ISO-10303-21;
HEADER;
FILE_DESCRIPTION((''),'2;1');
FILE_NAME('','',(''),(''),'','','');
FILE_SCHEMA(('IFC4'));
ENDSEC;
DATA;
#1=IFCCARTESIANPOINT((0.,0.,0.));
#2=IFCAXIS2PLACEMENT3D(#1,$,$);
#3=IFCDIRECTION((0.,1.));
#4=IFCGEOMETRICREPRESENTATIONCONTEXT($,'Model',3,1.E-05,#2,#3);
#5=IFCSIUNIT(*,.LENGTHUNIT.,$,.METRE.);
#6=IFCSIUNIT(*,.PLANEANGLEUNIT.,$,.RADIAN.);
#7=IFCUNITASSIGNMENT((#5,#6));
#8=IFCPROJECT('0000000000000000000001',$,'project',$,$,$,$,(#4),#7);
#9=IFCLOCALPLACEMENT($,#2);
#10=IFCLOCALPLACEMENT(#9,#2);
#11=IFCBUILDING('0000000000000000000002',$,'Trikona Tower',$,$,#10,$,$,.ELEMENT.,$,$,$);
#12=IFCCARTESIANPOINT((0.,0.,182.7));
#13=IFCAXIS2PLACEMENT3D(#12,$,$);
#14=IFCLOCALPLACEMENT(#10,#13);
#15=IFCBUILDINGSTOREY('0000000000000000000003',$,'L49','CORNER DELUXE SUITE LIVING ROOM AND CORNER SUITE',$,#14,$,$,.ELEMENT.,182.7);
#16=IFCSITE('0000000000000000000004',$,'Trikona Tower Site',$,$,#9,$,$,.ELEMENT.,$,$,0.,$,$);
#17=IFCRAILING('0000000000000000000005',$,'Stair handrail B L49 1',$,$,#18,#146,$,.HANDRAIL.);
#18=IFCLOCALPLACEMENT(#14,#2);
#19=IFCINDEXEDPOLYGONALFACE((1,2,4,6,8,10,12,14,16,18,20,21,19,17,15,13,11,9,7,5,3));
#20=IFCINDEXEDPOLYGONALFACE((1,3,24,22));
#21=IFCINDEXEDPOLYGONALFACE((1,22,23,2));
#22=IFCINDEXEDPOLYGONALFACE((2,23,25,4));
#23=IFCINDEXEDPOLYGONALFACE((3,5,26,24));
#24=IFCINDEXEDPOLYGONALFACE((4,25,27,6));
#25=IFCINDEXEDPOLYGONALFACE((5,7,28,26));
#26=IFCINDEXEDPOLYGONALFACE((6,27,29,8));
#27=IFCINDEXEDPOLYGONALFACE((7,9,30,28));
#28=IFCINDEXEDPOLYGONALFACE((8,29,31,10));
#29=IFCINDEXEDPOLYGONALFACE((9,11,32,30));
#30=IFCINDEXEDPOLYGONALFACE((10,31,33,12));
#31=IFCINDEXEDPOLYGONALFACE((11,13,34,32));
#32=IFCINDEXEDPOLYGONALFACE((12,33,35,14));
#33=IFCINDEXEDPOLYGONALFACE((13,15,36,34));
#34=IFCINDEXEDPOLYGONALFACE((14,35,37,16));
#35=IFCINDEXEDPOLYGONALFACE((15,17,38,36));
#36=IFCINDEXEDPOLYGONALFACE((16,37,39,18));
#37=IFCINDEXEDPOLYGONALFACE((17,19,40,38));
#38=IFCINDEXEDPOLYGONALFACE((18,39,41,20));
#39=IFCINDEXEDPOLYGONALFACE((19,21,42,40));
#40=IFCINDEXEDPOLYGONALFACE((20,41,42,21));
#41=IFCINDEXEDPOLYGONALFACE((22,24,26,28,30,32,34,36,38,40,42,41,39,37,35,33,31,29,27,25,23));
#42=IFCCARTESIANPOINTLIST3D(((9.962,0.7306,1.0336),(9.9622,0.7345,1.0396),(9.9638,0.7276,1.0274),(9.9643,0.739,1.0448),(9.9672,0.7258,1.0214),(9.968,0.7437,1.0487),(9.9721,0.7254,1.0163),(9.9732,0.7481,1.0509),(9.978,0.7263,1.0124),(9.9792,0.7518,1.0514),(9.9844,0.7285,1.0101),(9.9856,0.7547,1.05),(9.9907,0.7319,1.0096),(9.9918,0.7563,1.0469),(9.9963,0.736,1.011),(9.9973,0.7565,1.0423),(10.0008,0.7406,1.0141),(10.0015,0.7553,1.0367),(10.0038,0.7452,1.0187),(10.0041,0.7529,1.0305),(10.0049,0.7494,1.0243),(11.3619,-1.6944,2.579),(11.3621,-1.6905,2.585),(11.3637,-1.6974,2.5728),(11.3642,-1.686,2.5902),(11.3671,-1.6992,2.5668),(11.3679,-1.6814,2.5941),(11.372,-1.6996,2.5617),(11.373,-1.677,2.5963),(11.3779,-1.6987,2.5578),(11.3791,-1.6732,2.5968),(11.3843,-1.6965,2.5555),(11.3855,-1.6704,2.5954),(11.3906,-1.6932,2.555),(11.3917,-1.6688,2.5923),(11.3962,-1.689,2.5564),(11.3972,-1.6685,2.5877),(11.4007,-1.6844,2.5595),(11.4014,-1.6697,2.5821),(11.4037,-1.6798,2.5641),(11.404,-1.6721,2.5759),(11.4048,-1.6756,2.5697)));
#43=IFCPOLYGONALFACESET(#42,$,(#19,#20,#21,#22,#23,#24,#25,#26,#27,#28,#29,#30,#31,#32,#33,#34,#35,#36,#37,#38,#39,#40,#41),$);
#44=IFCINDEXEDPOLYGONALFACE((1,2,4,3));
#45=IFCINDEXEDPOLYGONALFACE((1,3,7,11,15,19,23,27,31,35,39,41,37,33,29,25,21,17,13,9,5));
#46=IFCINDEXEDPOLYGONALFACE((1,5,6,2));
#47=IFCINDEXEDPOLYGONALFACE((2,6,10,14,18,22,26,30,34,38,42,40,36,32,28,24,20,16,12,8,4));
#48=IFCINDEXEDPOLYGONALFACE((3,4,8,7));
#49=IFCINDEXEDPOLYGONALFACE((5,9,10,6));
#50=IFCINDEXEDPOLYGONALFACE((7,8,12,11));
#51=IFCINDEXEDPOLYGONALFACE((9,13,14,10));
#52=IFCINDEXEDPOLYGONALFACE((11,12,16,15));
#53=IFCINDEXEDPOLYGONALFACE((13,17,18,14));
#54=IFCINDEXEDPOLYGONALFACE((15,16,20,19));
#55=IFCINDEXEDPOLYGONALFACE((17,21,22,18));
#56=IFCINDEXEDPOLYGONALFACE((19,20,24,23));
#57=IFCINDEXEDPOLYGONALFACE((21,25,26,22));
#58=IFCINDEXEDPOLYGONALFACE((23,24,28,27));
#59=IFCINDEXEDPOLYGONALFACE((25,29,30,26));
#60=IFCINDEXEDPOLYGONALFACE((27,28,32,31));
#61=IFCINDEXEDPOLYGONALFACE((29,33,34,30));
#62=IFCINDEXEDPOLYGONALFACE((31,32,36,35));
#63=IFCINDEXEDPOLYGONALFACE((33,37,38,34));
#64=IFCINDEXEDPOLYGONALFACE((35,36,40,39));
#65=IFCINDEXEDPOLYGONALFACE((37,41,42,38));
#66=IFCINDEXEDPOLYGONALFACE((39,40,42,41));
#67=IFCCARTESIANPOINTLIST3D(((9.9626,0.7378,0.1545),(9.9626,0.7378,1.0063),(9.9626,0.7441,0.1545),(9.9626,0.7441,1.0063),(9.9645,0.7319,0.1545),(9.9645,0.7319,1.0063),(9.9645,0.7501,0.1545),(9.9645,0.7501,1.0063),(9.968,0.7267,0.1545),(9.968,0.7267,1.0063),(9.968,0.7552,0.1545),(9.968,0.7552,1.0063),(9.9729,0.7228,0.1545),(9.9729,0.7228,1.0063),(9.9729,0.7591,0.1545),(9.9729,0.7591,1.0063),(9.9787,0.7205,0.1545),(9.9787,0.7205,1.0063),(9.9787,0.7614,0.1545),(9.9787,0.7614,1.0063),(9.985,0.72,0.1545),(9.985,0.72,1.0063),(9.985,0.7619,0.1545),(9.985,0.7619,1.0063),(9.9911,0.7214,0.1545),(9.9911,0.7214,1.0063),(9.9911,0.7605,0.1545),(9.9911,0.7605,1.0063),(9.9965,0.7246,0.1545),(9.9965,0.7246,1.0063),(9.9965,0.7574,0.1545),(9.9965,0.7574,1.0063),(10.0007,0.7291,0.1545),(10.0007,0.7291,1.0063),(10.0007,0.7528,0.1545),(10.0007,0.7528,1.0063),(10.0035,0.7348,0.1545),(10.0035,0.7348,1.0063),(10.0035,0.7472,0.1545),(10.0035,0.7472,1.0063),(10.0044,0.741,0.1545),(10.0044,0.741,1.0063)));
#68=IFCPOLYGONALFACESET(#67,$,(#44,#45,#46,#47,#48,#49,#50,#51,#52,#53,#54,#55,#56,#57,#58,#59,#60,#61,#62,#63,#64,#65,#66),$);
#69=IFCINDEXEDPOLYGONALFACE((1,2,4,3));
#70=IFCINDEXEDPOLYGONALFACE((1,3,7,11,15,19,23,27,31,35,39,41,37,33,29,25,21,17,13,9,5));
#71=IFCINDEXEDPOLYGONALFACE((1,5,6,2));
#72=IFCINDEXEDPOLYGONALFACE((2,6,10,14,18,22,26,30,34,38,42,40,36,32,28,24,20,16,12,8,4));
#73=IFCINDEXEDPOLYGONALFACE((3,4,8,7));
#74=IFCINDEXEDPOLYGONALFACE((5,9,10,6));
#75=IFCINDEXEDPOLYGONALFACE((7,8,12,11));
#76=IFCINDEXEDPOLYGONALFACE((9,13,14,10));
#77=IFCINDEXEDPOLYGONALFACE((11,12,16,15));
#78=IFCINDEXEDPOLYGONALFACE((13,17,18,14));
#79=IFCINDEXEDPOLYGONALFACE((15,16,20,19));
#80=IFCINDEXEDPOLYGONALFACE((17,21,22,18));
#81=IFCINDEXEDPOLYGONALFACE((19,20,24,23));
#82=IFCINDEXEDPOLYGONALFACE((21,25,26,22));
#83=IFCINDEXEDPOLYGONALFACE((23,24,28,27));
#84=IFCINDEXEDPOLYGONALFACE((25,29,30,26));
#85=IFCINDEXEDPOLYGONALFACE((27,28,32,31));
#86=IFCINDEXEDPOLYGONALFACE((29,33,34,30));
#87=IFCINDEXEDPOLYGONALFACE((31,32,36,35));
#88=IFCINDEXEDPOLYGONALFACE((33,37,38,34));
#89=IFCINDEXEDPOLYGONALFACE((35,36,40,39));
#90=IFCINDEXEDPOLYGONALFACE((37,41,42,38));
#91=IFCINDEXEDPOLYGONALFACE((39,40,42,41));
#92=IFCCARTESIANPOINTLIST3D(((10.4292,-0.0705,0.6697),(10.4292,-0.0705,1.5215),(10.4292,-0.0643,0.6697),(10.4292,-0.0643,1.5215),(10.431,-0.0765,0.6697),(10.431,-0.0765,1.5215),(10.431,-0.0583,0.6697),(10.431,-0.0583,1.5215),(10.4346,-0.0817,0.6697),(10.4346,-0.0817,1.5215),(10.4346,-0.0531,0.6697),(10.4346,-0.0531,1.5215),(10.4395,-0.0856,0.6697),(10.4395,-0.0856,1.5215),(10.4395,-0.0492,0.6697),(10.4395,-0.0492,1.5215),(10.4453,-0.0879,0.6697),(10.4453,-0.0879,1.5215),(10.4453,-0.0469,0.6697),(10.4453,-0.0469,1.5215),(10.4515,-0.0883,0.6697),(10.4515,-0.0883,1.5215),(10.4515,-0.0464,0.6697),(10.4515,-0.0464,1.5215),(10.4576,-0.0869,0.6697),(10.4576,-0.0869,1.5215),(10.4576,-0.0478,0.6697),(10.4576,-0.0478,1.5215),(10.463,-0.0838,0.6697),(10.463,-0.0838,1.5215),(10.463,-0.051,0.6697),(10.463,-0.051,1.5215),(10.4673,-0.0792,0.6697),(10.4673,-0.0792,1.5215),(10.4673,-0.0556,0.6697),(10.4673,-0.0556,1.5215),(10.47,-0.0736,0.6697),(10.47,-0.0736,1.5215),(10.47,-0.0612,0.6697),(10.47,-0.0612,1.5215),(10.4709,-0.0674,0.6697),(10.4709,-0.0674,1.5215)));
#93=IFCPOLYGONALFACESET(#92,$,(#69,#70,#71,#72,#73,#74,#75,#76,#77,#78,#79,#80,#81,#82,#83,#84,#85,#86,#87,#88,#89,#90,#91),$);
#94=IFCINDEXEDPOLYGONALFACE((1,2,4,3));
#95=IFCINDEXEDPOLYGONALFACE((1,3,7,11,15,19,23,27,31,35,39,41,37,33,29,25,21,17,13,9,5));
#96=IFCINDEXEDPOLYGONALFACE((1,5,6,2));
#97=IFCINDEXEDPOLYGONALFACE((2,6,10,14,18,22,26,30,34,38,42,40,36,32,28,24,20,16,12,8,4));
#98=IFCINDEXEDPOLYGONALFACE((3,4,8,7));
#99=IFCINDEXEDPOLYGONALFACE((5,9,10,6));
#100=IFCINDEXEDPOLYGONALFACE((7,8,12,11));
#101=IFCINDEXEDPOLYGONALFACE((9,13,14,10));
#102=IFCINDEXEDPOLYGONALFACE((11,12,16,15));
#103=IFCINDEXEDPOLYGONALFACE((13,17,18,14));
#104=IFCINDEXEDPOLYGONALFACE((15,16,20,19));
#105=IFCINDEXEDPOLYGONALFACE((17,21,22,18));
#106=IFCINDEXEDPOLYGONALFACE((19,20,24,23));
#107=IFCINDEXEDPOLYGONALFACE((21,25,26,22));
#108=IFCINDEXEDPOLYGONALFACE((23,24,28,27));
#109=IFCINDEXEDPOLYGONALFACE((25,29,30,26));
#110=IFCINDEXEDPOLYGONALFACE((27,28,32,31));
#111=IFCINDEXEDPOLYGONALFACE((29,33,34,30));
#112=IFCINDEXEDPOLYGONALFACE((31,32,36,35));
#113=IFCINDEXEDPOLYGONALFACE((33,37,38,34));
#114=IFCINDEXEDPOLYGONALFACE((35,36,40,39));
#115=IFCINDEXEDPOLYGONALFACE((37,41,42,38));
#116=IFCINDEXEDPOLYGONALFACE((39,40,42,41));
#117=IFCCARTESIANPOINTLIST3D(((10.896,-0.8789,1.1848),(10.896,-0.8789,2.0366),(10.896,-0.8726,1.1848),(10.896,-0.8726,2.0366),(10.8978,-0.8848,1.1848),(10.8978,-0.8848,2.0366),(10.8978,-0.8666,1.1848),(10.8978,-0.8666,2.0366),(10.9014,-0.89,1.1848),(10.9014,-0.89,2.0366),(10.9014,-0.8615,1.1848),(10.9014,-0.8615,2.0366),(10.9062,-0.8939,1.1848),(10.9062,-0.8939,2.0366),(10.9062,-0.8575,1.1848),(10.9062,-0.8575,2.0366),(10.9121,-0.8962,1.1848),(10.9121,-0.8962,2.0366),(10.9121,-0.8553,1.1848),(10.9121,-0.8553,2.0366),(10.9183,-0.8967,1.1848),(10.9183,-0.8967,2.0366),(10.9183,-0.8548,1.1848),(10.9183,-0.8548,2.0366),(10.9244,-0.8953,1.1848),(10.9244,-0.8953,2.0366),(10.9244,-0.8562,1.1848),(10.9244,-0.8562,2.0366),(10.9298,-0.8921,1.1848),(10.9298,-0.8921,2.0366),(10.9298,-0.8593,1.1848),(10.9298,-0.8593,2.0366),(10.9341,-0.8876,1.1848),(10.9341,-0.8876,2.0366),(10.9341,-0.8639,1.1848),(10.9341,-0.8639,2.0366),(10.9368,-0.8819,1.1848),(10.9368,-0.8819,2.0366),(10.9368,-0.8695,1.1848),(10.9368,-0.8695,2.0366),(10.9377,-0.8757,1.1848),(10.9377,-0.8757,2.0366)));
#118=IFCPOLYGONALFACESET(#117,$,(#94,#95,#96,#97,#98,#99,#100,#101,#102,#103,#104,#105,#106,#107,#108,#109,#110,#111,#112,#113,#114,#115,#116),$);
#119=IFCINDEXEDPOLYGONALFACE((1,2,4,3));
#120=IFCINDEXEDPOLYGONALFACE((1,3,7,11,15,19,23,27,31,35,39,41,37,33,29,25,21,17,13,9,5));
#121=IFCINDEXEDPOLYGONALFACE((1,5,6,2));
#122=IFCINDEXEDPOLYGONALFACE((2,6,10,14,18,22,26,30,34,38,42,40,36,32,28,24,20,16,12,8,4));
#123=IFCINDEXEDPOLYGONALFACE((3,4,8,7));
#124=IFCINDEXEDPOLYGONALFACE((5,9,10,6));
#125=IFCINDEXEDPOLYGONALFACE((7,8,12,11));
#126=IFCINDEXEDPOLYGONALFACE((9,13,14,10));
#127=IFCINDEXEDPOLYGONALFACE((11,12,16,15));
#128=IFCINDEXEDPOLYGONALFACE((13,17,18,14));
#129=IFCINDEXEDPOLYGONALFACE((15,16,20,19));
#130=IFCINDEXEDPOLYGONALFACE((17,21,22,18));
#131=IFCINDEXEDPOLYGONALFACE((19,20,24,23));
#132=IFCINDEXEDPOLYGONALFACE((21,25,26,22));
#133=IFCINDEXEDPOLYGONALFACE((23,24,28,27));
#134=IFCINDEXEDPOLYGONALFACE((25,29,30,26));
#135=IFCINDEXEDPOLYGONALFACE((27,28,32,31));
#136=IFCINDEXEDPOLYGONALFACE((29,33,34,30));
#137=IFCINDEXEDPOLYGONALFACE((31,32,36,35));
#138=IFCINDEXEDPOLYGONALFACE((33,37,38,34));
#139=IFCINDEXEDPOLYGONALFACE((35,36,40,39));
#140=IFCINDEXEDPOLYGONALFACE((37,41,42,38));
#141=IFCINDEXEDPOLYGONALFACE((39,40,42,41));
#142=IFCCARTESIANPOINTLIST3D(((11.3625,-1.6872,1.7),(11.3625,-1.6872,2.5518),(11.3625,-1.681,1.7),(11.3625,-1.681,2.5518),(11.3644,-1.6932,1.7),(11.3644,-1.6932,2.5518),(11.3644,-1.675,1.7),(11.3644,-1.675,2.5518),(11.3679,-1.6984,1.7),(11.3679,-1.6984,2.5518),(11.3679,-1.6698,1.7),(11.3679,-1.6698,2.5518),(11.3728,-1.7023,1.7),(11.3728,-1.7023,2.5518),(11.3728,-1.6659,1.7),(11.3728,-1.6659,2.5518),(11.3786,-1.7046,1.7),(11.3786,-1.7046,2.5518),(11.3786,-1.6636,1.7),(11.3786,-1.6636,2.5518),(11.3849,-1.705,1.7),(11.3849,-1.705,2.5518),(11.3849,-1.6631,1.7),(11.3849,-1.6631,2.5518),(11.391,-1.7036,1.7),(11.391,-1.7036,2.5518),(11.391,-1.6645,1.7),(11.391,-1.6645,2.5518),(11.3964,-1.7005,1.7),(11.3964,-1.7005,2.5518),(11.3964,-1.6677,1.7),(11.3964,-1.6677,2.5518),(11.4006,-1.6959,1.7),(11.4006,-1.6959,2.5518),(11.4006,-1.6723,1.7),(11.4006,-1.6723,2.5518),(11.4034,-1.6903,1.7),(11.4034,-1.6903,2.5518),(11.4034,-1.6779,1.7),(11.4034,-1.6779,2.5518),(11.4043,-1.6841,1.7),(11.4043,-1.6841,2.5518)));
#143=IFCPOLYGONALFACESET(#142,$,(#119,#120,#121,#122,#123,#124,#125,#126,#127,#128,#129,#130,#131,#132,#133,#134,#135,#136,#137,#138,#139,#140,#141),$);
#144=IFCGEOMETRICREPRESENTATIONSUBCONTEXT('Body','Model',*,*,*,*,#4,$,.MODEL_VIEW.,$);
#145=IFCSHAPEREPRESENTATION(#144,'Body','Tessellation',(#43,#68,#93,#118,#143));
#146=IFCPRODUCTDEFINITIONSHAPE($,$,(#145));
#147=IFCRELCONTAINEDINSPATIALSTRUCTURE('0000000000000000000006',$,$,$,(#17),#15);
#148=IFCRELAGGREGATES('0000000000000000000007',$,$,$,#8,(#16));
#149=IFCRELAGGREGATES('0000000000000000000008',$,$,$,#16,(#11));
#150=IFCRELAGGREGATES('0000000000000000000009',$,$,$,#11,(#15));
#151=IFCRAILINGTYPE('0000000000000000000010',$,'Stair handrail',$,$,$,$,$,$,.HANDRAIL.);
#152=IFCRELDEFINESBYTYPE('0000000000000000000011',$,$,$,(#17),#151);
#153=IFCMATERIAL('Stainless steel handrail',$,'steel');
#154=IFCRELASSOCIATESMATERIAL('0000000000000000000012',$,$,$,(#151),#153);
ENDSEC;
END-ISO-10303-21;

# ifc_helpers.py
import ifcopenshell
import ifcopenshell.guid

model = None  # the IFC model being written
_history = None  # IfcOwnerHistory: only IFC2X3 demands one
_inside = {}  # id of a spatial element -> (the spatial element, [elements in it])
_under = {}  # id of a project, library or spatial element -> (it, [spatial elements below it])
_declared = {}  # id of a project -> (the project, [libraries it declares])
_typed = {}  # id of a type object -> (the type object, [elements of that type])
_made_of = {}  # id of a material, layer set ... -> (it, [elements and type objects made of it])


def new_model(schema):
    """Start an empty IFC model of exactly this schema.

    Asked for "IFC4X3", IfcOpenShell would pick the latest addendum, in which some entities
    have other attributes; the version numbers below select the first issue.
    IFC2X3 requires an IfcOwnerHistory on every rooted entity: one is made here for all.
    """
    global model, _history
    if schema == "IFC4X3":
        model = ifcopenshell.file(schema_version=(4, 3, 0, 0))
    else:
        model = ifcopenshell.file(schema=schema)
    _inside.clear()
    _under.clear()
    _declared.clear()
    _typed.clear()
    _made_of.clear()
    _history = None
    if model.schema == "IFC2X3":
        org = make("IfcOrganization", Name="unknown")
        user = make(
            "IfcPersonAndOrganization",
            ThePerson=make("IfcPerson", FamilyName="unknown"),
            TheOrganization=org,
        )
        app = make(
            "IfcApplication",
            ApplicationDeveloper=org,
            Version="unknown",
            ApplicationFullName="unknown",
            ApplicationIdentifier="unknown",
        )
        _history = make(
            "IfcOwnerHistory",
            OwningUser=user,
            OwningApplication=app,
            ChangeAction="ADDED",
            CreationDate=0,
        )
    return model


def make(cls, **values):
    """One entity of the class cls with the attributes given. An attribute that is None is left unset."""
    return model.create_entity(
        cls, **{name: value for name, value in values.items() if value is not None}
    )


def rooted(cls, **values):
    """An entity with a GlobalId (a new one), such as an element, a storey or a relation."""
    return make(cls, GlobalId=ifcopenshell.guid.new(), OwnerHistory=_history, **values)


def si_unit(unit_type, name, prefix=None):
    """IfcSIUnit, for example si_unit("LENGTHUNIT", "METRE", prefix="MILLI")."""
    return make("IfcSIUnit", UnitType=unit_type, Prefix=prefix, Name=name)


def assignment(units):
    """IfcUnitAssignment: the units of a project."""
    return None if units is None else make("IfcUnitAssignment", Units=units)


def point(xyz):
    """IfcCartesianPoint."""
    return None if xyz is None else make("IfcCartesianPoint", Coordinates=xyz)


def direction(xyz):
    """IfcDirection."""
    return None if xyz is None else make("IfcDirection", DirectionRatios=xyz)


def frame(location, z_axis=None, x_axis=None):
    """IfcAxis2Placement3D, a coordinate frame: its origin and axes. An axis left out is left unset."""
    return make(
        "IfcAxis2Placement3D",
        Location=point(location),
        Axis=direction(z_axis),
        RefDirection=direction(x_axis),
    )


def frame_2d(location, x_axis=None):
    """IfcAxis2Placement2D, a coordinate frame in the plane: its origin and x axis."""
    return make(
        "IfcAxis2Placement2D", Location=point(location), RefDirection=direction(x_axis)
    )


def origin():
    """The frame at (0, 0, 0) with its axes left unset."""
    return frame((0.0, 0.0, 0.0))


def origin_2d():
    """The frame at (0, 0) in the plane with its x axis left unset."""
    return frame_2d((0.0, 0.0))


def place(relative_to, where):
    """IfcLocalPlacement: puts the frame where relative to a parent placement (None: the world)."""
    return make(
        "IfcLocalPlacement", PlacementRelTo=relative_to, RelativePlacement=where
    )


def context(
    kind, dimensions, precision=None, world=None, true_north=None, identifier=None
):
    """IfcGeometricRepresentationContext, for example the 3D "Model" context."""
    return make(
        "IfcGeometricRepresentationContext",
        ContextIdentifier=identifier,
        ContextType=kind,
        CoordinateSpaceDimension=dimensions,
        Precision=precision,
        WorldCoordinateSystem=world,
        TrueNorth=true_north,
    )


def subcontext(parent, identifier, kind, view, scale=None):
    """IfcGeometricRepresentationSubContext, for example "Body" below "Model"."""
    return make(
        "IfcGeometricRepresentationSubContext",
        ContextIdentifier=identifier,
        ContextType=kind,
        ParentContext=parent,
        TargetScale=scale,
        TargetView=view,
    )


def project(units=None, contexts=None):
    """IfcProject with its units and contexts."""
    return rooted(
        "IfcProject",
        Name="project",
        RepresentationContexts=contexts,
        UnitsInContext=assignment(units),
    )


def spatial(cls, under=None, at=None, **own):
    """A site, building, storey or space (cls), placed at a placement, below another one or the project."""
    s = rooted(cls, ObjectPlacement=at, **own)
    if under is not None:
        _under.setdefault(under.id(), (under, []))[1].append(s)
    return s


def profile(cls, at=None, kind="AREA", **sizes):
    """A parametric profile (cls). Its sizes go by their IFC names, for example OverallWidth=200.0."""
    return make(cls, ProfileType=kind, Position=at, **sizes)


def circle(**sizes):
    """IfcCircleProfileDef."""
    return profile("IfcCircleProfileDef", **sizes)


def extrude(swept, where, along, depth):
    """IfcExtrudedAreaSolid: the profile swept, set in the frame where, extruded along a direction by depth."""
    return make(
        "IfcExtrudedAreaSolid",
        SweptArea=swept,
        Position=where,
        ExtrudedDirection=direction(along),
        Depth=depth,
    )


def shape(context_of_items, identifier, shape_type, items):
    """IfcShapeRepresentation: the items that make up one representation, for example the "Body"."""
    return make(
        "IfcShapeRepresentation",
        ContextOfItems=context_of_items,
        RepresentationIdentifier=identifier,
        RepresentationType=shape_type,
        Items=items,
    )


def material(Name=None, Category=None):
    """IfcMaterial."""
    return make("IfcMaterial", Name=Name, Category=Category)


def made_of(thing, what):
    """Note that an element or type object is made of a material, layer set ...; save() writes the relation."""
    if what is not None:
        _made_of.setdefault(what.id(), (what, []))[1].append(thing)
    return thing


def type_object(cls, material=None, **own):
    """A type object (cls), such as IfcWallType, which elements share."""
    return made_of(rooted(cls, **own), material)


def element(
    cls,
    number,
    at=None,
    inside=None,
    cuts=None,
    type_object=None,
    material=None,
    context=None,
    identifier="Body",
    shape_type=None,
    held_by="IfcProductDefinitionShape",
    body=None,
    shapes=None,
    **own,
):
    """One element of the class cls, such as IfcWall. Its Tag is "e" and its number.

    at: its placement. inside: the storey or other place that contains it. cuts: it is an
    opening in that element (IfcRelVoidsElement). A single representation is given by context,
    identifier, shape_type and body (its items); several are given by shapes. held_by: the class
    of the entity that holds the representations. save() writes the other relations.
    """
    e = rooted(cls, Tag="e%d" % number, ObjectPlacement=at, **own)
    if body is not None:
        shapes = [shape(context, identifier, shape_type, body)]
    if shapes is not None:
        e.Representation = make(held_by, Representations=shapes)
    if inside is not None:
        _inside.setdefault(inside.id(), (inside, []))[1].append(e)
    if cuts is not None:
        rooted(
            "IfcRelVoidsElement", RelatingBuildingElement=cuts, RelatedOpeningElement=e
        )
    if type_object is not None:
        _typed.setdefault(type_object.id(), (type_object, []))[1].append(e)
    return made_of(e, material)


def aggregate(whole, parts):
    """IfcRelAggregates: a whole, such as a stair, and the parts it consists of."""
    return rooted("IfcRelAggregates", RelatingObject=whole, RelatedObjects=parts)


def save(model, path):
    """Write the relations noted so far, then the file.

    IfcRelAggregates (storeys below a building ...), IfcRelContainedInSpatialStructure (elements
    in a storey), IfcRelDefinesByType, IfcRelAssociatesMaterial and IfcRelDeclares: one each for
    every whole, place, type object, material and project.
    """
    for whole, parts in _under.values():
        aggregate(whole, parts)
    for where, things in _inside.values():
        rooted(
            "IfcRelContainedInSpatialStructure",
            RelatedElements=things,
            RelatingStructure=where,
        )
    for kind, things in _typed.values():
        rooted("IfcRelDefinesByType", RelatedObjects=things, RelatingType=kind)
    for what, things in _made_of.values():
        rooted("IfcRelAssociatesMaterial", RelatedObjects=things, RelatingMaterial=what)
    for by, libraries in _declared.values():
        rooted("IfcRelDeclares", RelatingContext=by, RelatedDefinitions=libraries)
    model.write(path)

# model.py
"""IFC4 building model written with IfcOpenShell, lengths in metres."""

from ifc_helpers import new_model, si_unit, direction, frame, origin, origin_2d, place, context, subcontext, project, spatial, circle, extrude, material, type_object, element, save


model = new_model("IFC4")

# Units and contexts
model_context = context("Model", 3, precision=1e-05, world=origin(), true_north=direction((0.0, 1.0)))
body_context = subcontext(model_context, "Body", "Model", "MODEL_VIEW")
ifc_project = project(units=[si_unit("LENGTHUNIT", "METRE"), si_unit("PLANEANGLEUNIT", "RADIAN")], contexts=[model_context])

# Site, building, storey
site_placement = place(None, origin())
site = spatial("IfcSite", under=ifc_project, at=site_placement, Name="Trikona Tower Site", CompositionType="ELEMENT", RefElevation=0.0)
building_placement = place(site_placement, origin())
building = spatial("IfcBuilding", under=site, at=building_placement, Name="Trikona Tower", CompositionType="ELEMENT")
storey_placement = place(building_placement, frame((0.0, 0.0, 182.7)))
storey = spatial("IfcBuildingStorey", under=building, at=storey_placement, Name="L49", Description="CORNER DELUXE SUITE LIVING ROOM AND CORNER SUITE", CompositionType="ELEMENT", Elevation=182.7)

# Railing
ifc_material_1 = material(Name="Stainless steel handrail", Category="steel")
railing_type = type_object("IfcRailingType", Name="Stair handrail", PredefinedType="HANDRAIL", material=ifc_material_1)
railing_placement = place(storey_placement, frame((9.9834, 0.741, 0.1545)))
element("IfcRailing", 1, at=railing_placement, inside=storey, type_object=railing_type, Name="Stair handrail B L49 1", PredefinedType="HANDRAIL", context=body_context, shape_type="SweptSolid", body=[
    extrude(circle(Radius=0.0239, at=origin_2d()), frame((0.0, 0.0, 0.876), z_axis=(0.437707, -0.75824, 0.483203), x_axis=(0.866056, 0.499946, 0.0)), (0.0, 0.0, 1.0), 3.1982),
    extrude(circle(Radius=0.021, at=origin_2d()), origin(), (0.0, 0.0, 1.0), 0.8518),
    extrude(circle(Radius=0.021, at=origin_2d()), frame((0.4666, -0.8083, 0.5151)), (0.0, 0.0, 1.0), 0.8518),
    extrude(circle(Radius=0.021, at=origin_2d()), frame((0.9333, -1.6167, 1.0303)), (0.0, 0.0, 1.0), 0.8518),
    extrude(circle(Radius=0.021, at=origin_2d()), frame((1.3999, -2.425, 1.5454)), (0.0, 0.0, 1.0), 0.8518),
])

save(model, "model.ifc")
